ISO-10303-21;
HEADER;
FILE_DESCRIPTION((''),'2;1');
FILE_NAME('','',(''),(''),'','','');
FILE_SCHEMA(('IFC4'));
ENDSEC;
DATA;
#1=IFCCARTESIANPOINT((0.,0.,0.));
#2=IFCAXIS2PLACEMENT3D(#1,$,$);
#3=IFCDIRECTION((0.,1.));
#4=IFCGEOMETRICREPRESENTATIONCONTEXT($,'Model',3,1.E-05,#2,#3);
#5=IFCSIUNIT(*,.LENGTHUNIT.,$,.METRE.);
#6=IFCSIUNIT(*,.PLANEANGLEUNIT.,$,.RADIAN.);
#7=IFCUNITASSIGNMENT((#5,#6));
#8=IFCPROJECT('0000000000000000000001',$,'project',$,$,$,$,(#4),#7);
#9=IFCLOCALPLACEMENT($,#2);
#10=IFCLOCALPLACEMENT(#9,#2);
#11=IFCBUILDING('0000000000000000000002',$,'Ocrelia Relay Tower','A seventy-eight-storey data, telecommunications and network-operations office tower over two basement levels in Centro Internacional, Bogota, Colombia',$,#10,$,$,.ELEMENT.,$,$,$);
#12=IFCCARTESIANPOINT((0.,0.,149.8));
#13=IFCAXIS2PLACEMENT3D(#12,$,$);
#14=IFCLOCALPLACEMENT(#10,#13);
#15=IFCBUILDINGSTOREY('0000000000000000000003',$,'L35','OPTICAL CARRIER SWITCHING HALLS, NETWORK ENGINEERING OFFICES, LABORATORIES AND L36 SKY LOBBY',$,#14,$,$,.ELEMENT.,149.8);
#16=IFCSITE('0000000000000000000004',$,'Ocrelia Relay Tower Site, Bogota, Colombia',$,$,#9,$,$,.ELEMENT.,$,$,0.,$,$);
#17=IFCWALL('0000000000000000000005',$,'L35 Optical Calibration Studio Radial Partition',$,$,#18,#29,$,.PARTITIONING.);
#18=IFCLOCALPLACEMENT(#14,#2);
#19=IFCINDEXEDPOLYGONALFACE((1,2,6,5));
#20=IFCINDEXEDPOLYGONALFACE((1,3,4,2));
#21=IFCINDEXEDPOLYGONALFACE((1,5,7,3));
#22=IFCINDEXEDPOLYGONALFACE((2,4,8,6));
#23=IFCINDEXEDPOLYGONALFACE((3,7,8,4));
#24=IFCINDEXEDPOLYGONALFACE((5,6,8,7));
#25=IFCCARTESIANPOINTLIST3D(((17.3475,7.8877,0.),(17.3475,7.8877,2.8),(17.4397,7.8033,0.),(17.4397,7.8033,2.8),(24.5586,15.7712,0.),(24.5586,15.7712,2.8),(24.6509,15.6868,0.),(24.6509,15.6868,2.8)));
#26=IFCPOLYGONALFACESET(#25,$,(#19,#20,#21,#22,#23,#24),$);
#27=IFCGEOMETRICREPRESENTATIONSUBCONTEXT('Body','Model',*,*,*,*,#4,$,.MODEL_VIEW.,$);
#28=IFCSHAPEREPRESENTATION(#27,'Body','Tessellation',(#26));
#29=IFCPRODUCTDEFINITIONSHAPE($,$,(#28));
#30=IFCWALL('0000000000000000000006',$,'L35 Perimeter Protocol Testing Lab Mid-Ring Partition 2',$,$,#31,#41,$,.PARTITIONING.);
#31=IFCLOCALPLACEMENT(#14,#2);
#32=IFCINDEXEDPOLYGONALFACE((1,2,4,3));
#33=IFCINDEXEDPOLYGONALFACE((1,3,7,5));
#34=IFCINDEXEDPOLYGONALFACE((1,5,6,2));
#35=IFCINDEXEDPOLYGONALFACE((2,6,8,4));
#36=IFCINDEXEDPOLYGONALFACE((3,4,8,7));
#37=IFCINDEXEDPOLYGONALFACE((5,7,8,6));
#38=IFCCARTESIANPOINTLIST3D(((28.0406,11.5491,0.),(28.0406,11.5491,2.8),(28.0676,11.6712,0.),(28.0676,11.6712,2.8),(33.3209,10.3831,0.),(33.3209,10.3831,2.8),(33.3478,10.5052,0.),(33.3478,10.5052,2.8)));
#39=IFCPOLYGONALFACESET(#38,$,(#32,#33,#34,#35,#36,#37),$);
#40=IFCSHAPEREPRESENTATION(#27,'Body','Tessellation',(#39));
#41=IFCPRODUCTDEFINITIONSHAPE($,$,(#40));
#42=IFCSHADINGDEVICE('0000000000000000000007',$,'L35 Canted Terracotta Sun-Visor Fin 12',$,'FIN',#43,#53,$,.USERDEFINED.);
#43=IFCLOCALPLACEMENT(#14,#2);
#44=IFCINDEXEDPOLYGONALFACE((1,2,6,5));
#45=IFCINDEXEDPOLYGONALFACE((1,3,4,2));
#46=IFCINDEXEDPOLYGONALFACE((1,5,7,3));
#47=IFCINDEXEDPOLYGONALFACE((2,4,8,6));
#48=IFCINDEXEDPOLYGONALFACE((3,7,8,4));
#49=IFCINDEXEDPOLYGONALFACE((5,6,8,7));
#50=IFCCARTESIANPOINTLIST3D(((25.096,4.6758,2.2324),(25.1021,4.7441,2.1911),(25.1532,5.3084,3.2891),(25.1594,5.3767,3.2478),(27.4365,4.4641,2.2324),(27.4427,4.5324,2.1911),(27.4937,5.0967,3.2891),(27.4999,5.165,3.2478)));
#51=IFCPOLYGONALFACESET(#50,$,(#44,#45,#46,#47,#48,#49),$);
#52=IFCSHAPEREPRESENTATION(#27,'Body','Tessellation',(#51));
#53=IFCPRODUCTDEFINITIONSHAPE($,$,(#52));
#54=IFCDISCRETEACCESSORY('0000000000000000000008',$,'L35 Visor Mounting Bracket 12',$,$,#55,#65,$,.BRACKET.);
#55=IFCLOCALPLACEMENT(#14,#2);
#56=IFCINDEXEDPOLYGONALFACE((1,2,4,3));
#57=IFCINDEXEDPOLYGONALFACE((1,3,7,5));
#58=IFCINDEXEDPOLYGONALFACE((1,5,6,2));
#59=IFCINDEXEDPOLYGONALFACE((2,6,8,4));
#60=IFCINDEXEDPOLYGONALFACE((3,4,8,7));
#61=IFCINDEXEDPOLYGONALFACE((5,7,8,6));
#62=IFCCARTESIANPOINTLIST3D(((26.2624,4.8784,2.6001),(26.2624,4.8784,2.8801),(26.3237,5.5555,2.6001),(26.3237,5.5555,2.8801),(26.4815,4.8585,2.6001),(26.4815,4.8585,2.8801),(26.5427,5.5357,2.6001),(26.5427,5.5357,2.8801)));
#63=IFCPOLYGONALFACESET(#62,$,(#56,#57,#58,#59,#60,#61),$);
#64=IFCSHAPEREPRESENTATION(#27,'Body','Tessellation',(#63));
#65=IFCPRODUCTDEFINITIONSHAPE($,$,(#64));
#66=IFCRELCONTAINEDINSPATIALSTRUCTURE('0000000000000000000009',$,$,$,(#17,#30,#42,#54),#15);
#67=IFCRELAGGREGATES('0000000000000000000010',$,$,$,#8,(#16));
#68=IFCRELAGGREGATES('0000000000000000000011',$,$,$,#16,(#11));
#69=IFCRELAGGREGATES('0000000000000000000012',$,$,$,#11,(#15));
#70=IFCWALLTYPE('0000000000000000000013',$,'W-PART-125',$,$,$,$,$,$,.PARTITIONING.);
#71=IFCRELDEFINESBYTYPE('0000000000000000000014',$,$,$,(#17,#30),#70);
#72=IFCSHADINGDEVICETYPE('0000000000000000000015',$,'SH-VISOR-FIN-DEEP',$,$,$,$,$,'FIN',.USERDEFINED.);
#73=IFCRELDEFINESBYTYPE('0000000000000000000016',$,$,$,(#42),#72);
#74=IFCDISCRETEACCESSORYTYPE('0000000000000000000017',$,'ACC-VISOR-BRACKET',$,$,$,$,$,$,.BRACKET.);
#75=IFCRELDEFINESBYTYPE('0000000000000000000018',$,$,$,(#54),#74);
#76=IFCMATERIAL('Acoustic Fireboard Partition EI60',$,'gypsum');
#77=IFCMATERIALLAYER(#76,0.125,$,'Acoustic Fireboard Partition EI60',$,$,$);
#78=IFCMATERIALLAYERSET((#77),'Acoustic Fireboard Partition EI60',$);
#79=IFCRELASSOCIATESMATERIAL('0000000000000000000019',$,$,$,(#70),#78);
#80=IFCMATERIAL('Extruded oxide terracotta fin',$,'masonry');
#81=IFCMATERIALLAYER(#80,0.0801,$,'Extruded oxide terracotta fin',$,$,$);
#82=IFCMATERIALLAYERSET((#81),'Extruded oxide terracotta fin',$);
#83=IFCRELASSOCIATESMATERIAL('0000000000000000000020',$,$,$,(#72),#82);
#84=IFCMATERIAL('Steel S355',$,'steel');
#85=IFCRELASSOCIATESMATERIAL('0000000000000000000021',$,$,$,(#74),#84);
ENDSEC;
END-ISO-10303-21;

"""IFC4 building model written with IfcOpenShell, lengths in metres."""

from ifc_helpers import new_model, si_unit, direction, frame, frame_2d, origin, origin_2d, place, context, subcontext, project, spatial, rectangle, extrude, material, layer, layer_set, type_object, element, save


model = new_model("IFC4")

# Units and contexts
model_context = context("Model", 3, precision=1e-05, world=origin(), true_north=direction((0.0, 1.0)))
body_context = subcontext(model_context, "Body", "Model", "MODEL_VIEW")
ifc_project = project(units=[si_unit("LENGTHUNIT", "METRE"), si_unit("PLANEANGLEUNIT", "RADIAN")], contexts=[model_context])

# Site, building, storey
site_placement = place(None, origin())
site = spatial("IfcSite", under=ifc_project, at=site_placement, Name="Ocrelia Relay Tower Site, Bogota, Colombia", CompositionType="ELEMENT", RefElevation=0.0)
building_placement = place(site_placement, origin())
building = spatial("IfcBuilding", under=site, at=building_placement, Name="Ocrelia Relay Tower", Description="A seventy-eight-storey data, telecommunications and network-operations office tower over two basement levels in Centro Internacional, Bogota, Colombia", CompositionType="ELEMENT")
storey_placement = place(building_placement, frame((0.0, 0.0, 149.8)))
storey = spatial("IfcBuildingStorey", under=building, at=storey_placement, Name="L35", Description="OPTICAL CARRIER SWITCHING HALLS, NETWORK ENGINEERING OFFICES, LABORATORIES AND L36 SKY LOBBY", CompositionType="ELEMENT", Elevation=149.8)

# Shared definitions
ifc_material_1 = material(Name="Steel S355", Category="steel")

# Walls
ifc_material_2 = material(Name="Acoustic Fireboard Partition EI60", Category="gypsum")
ifc_layer_1 = layer(ifc_material_2, 0.125, Name="Acoustic Fireboard Partition EI60")
ifc_layer_set_1 = layer_set([ifc_layer_1], Name="Acoustic Fireboard Partition EI60")
wall_type_1 = type_object("IfcWallType", Name="W-PART-125", PredefinedType="PARTITIONING", material=ifc_layer_set_1)
wall_1_placement = place(storey_placement, frame((24.6047, 15.729, 0.0), z_axis=(0.0, 0.0, 1.0), x_axis=(-0.674941, -0.737872, 0.0)))
element("IfcWall", 1, at=wall_1_placement, inside=storey, type_object=wall_type_1, Name="L35 Optical Calibration Studio Radial Partition", PredefinedType="PARTITIONING", context=body_context, shape_type="SweptSolid", body=[
    extrude(rectangle(XDim=10.6841, YDim=0.125, at=frame_2d((5.342, 0.0))), origin(), (0.0, 0.0, 1.0), 2.8),
])
wall_2_placement = place(storey_placement, frame((28.0542, 11.6101, 0.0), z_axis=(0.0, 0.0, 1.0), x_axis=(0.976475, -0.21563, 0.0)))
element("IfcWall", 2, at=wall_2_placement, inside=storey, type_object=wall_type_1, Name="L35 Perimeter Protocol Testing Lab Mid-Ring Partition 2", PredefinedType="PARTITIONING", context=body_context, shape_type="SweptSolid", body=[
    extrude(rectangle(XDim=5.4075, YDim=0.125, at=frame_2d((2.7036, 0.0))), origin(), (0.0, 0.0, 1.0), 2.8),
])

# Shading device
ifc_material_3 = material(Name="Extruded oxide terracotta fin", Category="masonry")
ifc_layer_2 = layer(ifc_material_3, 0.0801, Name="Extruded oxide terracotta fin")
ifc_layer_set_2 = layer_set([ifc_layer_2], Name="Extruded oxide terracotta fin")
shading_device_type = type_object("IfcShadingDeviceType", Name="SH-VISOR-FIN-DEEP", ElementType="FIN", PredefinedType="USERDEFINED", material=ifc_layer_set_2)
shading_device_placement = place(storey_placement, frame((26.301, 4.9546, 2.7195), z_axis=(-0.077205, -0.853593, 0.515188), x_axis=(0.995935, -0.090079, 0.0)))
element("IfcShadingDevice", 3, at=shading_device_placement, inside=storey, type_object=shading_device_type, Name="L35 Canted Terracotta Sun-Visor Fin 12", ObjectType="FIN", PredefinedType="USERDEFINED", context=body_context, shape_type="SweptSolid", body=[
    extrude(rectangle(XDim=2.3501, YDim=1.2329, at=origin_2d()), origin(), (0.0, 0.0, 1.0), 0.0801),
])

# Discrete accessory
discrete_accessory_type = type_object("IfcDiscreteAccessoryType", Name="ACC-VISOR-BRACKET", PredefinedType="BRACKET", material=ifc_material_1)
discrete_accessory_placement = place(storey_placement, frame((26.4026, 5.207, 2.6001), z_axis=(0.0, 0.0, 1.0), x_axis=(0.995935, -0.090079, 0.0)))
element("IfcDiscreteAccessory", 4, at=discrete_accessory_placement, inside=storey, type_object=discrete_accessory_type, Name="L35 Visor Mounting Bracket 12", PredefinedType="BRACKET", context=body_context, shape_type="SweptSolid", body=[
    extrude(rectangle(XDim=0.22, YDim=0.6799, at=origin_2d()), origin(), (0.0, 0.0, 1.0), 0.28),
])

save(model, "model.ifc")
